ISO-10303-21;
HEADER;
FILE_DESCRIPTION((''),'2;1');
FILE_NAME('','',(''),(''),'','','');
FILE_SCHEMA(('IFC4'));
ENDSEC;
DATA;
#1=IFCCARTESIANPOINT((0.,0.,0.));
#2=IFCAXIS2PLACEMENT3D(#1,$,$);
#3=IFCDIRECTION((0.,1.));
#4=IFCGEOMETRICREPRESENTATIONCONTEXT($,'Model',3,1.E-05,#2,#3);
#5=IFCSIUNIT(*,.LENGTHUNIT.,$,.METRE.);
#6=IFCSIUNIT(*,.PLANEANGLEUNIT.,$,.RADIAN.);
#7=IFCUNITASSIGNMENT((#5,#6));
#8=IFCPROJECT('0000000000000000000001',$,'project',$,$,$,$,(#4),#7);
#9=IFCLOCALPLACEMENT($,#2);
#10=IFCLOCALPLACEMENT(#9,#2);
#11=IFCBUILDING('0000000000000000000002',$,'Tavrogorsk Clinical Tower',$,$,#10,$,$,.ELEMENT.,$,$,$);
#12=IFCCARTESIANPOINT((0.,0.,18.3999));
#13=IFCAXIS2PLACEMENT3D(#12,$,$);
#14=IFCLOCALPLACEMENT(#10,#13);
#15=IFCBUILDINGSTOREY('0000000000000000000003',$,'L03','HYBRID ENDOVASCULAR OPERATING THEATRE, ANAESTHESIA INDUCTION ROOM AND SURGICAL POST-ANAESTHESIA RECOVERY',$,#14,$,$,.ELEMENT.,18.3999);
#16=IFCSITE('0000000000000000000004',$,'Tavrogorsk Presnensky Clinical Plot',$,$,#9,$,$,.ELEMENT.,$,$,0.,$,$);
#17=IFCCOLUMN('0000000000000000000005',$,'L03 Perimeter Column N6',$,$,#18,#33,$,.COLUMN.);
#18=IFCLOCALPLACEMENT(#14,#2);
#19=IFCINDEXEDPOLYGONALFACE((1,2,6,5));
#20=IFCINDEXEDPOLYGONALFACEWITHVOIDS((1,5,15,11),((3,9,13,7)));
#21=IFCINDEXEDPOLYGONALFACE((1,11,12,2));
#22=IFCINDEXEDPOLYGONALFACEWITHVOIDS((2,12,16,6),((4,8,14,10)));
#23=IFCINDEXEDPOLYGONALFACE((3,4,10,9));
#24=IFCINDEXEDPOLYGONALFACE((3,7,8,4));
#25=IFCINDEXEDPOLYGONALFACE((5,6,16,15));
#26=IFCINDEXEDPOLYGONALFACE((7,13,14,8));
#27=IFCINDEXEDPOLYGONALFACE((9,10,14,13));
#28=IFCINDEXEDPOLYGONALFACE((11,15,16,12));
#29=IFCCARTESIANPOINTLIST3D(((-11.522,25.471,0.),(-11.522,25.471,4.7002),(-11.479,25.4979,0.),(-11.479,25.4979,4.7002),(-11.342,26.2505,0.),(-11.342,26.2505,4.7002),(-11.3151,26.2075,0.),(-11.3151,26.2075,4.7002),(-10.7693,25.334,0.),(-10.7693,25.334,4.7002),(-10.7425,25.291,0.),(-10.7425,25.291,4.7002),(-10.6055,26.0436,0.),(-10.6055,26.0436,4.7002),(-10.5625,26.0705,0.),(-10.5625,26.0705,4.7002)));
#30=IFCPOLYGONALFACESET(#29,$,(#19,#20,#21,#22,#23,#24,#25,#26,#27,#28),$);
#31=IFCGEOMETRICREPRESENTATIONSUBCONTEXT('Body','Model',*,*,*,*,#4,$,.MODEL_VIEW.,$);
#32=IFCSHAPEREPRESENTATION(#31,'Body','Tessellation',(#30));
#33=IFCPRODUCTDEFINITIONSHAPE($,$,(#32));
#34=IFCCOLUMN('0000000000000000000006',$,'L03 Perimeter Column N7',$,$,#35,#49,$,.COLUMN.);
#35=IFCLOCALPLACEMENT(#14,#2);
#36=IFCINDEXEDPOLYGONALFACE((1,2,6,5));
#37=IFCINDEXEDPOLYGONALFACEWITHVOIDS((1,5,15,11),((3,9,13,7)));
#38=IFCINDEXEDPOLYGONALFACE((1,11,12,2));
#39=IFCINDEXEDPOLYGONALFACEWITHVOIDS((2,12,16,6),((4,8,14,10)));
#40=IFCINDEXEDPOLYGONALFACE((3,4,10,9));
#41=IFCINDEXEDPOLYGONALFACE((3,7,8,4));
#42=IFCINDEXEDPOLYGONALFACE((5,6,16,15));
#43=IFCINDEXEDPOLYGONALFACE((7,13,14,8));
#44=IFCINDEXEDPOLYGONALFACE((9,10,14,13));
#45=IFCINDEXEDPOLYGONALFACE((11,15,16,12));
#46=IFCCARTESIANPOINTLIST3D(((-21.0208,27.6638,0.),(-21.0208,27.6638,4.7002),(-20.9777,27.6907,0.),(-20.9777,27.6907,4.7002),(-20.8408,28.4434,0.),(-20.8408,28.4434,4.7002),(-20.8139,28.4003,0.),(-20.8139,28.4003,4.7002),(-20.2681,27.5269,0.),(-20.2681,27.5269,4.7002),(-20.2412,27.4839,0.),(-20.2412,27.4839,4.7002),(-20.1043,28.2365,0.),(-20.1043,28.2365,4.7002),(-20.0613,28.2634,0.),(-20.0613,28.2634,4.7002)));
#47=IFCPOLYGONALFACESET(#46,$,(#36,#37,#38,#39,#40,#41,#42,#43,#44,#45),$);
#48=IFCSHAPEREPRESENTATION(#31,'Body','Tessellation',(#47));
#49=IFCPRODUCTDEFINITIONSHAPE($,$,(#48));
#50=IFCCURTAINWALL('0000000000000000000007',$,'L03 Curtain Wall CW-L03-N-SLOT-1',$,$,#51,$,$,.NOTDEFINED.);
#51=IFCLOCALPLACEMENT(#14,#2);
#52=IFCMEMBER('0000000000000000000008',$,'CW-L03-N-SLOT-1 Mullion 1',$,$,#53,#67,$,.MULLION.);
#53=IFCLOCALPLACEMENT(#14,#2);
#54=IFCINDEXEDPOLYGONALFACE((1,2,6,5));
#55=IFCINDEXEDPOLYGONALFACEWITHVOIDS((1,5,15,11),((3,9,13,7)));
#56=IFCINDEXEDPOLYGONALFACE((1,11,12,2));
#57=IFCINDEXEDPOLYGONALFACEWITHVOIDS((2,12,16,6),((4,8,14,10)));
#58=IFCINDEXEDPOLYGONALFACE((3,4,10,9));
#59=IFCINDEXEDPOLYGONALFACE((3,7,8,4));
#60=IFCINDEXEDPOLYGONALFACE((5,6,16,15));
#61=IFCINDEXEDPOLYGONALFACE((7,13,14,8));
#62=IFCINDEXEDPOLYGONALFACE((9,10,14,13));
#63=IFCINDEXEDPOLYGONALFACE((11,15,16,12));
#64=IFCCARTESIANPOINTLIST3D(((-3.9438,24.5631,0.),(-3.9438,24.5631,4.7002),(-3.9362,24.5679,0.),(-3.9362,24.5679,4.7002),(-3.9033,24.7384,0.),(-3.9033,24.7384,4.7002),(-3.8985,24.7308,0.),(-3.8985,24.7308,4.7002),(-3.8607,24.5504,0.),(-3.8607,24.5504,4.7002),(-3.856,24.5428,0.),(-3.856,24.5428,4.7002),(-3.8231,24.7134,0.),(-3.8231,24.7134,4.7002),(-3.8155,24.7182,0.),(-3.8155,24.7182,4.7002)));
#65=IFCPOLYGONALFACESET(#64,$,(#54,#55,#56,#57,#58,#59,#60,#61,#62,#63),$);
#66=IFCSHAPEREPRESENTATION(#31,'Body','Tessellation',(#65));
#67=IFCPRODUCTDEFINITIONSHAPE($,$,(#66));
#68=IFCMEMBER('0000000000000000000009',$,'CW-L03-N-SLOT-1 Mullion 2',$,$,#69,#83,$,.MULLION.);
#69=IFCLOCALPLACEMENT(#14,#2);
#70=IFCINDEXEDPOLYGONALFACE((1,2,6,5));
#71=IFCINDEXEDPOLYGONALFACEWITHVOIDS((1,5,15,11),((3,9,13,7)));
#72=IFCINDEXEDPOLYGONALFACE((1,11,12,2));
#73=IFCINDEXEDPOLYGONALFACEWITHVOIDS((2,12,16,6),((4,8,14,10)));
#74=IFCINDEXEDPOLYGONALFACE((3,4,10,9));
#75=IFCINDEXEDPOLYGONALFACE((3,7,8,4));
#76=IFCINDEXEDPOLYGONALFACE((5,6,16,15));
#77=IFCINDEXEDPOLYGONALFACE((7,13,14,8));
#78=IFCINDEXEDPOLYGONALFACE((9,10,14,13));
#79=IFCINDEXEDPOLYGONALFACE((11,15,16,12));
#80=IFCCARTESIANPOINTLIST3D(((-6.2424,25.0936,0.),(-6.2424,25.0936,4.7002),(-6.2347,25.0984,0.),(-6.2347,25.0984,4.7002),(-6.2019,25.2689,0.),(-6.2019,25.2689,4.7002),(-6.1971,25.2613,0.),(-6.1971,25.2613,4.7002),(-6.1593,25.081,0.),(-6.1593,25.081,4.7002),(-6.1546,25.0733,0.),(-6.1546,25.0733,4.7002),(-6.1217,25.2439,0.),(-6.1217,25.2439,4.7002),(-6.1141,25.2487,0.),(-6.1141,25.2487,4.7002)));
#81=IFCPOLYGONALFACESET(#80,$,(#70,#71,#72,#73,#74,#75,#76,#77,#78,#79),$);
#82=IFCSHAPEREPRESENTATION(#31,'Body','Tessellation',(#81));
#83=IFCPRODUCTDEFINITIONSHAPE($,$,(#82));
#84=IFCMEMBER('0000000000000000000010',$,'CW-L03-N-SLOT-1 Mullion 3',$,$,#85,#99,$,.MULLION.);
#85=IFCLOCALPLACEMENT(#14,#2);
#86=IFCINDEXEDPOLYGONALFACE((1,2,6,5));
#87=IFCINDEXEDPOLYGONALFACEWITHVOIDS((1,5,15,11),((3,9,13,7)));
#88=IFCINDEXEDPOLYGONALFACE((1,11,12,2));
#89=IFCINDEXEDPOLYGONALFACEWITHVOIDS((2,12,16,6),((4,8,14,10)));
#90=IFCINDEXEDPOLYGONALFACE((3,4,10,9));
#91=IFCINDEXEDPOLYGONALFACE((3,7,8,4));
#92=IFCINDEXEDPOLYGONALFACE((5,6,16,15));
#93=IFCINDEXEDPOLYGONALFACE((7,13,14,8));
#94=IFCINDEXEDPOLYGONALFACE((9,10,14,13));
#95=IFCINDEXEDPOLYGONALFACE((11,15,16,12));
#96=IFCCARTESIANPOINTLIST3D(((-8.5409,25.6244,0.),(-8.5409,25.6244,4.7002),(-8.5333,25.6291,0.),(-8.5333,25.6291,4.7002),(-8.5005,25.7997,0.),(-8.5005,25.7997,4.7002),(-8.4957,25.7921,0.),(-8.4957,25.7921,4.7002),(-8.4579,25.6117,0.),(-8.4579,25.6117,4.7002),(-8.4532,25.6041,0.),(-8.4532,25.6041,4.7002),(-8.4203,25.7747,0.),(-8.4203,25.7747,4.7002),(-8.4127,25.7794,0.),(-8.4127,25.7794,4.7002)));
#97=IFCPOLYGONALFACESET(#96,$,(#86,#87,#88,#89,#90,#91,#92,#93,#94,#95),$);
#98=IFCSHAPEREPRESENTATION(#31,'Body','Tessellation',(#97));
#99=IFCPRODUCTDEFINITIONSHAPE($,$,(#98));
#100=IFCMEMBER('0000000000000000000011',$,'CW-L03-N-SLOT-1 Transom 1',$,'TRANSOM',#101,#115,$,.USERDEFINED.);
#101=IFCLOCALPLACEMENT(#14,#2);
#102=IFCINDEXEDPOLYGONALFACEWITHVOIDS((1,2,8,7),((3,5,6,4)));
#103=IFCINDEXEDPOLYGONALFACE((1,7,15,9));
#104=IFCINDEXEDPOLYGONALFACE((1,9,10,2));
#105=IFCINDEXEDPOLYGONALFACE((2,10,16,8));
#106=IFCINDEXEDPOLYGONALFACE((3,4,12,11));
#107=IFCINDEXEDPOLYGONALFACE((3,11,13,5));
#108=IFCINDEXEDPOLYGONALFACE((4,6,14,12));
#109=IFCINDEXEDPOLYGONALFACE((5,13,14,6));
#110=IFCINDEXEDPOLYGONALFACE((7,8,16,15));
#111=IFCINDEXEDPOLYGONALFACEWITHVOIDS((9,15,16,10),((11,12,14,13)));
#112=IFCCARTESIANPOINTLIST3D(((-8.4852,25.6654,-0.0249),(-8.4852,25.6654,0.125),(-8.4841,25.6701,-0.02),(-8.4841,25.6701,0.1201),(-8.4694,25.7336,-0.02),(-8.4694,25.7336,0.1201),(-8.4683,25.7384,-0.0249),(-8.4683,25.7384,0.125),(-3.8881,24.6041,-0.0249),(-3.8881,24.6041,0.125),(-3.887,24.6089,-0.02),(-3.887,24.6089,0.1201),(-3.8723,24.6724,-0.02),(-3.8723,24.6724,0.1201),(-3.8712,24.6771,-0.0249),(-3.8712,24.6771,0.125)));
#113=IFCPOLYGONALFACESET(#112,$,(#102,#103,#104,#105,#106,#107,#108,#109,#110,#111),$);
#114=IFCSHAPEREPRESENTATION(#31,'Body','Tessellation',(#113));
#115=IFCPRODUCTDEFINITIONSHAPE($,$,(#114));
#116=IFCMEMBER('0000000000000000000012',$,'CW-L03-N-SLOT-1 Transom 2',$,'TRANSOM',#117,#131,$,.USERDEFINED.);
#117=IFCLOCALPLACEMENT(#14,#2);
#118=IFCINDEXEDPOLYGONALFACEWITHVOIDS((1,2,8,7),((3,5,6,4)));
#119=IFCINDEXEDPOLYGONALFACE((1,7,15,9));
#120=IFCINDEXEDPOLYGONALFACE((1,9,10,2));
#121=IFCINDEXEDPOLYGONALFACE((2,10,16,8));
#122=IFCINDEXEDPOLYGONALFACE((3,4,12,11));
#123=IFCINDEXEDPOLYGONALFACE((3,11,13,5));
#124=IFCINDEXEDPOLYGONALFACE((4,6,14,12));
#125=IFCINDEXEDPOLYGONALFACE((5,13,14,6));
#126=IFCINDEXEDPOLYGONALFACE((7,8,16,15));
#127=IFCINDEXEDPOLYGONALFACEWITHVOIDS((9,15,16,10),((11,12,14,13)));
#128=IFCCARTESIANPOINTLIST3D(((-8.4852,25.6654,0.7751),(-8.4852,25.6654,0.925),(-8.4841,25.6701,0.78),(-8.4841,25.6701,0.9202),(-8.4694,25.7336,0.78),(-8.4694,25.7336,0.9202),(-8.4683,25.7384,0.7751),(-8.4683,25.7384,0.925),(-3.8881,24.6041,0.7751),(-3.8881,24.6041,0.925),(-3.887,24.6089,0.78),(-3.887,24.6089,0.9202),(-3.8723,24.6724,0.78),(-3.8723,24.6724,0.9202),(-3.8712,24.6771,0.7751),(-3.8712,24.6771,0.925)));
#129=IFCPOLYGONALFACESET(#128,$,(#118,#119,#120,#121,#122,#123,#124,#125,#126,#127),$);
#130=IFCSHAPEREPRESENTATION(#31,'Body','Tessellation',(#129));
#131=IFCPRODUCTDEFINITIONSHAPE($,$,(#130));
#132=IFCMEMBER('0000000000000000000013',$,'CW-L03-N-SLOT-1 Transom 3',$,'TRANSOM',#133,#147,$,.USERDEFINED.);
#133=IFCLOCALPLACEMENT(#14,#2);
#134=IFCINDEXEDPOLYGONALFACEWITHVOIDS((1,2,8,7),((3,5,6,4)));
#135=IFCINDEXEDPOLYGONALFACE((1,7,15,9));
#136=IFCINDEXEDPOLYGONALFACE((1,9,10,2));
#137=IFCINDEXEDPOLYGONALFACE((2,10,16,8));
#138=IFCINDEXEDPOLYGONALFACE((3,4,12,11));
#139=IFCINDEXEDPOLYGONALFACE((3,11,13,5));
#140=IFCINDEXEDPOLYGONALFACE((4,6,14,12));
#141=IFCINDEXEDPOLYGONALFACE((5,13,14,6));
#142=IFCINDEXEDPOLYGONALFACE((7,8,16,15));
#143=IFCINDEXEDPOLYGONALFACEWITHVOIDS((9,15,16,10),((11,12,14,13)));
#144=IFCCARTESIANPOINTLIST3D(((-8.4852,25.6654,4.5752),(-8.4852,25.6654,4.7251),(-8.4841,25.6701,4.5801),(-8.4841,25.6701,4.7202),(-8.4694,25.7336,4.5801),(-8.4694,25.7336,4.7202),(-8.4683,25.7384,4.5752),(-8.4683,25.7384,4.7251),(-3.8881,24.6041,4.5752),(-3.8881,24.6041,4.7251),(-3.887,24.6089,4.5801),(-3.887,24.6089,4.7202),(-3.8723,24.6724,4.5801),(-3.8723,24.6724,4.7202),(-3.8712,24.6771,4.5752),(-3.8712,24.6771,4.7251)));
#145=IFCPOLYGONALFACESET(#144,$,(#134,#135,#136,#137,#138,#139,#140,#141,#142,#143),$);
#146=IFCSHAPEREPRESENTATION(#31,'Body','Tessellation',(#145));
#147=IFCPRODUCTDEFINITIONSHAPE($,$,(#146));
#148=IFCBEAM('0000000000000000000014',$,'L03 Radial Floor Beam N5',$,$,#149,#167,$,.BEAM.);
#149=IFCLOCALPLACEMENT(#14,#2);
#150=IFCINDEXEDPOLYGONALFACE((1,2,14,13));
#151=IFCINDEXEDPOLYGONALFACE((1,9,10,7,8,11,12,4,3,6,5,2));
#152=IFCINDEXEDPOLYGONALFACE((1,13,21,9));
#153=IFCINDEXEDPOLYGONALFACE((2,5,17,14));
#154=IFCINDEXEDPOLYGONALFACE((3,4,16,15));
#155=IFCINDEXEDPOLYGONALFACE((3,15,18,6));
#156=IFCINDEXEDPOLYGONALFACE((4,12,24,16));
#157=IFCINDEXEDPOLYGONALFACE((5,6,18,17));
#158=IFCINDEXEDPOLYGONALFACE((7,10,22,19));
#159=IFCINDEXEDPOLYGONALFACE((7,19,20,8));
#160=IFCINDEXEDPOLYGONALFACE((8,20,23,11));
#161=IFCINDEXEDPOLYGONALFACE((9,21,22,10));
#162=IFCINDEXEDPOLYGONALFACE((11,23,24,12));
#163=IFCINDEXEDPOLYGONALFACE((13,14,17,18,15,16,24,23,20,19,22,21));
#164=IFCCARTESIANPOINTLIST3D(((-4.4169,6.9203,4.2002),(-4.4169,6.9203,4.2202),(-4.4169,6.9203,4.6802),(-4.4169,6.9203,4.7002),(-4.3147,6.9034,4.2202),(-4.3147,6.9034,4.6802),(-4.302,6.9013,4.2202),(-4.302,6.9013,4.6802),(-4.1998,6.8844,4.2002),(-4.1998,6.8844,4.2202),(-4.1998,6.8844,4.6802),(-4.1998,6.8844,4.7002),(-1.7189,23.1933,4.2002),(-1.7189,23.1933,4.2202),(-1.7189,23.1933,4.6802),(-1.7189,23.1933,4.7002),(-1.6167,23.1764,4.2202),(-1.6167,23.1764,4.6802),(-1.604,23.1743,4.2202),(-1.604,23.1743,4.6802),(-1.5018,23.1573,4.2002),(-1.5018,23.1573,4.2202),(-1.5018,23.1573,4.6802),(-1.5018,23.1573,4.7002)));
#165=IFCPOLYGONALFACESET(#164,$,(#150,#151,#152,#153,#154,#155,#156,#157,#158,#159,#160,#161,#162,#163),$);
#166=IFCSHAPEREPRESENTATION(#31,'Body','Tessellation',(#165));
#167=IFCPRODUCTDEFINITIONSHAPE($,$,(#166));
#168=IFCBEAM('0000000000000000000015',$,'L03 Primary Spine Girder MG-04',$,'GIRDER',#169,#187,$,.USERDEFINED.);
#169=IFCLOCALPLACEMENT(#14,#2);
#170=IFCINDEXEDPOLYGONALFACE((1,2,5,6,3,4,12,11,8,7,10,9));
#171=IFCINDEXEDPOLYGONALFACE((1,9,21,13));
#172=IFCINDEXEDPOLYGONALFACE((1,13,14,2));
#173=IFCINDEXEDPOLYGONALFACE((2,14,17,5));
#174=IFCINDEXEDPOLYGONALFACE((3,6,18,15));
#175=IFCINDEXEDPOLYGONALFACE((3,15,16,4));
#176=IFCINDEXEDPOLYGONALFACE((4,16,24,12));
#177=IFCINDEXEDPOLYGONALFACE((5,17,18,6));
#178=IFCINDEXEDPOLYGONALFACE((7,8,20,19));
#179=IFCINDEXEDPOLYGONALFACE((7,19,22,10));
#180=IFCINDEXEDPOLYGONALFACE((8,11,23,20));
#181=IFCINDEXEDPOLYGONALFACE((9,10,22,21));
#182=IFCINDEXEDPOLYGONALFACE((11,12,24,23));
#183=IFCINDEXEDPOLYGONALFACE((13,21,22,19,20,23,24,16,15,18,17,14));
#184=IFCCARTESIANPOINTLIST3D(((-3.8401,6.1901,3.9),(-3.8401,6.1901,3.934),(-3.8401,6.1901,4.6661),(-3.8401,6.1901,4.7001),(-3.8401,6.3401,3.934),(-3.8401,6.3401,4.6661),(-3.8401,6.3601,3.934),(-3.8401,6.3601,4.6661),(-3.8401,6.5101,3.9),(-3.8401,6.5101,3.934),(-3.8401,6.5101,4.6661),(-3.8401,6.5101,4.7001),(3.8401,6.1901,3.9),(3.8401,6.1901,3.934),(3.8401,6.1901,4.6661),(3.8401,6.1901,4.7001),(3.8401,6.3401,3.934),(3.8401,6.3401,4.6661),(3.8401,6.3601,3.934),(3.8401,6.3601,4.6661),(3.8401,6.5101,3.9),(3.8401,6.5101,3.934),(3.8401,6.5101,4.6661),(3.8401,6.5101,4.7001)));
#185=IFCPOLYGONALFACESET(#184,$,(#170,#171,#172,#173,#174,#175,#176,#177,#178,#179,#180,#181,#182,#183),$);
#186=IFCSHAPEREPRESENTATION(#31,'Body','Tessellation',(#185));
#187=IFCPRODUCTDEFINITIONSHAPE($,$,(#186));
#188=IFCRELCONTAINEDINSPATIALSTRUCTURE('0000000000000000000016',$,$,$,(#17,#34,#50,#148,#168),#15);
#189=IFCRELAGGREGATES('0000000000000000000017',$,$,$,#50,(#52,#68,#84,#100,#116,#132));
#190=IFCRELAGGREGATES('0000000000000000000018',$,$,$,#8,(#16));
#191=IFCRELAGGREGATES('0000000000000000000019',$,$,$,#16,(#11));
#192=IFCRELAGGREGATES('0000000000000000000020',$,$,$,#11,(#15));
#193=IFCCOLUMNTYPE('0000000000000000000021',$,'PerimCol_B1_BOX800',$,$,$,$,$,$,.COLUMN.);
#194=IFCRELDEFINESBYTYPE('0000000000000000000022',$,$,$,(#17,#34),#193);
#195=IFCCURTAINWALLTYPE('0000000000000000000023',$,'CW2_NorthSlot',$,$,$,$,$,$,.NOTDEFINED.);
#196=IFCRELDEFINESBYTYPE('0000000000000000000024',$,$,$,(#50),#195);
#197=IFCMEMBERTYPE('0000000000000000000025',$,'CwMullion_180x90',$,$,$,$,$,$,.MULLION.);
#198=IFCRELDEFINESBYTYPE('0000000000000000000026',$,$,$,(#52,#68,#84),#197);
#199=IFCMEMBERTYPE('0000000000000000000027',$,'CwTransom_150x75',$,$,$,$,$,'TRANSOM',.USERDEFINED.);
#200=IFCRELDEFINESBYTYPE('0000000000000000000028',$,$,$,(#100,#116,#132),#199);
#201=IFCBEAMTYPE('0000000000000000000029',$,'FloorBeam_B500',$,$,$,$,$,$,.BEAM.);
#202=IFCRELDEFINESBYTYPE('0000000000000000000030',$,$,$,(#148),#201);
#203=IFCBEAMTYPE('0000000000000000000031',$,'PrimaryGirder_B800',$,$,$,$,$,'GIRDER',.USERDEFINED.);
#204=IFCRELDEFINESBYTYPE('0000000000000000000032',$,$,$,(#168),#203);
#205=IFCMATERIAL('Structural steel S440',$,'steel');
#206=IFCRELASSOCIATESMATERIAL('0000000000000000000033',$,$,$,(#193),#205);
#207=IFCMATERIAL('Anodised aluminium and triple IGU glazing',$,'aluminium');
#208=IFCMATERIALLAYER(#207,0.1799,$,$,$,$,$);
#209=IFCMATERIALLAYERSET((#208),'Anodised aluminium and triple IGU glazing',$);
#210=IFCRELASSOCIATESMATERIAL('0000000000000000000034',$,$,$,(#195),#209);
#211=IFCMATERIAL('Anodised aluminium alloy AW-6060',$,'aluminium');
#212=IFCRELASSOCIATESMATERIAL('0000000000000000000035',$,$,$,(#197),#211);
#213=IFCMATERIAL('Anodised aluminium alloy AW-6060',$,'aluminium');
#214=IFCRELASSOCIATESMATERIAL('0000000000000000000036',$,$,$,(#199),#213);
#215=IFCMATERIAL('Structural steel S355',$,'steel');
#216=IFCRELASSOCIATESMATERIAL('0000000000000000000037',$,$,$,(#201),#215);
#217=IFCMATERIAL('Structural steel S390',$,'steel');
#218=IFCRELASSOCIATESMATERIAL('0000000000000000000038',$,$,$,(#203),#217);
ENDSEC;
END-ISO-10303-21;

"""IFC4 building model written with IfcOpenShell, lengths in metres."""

from ifc_helpers import new_model, si_unit, direction, frame, origin, origin_2d, place, context, subcontext, project, spatial, hollow_rectangle, i_section, extrude, material, layer, layer_set, material_profile, profile_set, type_object, element, aggregate, save


model = new_model("IFC4")

# Units and contexts
model_context = context("Model", 3, precision=1e-05, world=origin(), true_north=direction((0.0, 1.0)))
body_context = subcontext(model_context, "Body", "Model", "MODEL_VIEW")
ifc_project = project(units=[si_unit("LENGTHUNIT", "METRE"), si_unit("PLANEANGLEUNIT", "RADIAN")], contexts=[model_context])

# Site, building, storey
site_placement = place(None, origin())
site = spatial("IfcSite", under=ifc_project, at=site_placement, Name="Tavrogorsk Presnensky Clinical Plot", CompositionType="ELEMENT", RefElevation=0.0)
building_placement = place(site_placement, origin())
building = spatial("IfcBuilding", under=site, at=building_placement, Name="Tavrogorsk Clinical Tower", CompositionType="ELEMENT")
storey_placement = place(building_placement, frame((0.0, 0.0, 18.3999)))
storey = spatial("IfcBuildingStorey", under=building, at=storey_placement, Name="L03", Description="HYBRID ENDOVASCULAR OPERATING THEATRE, ANAESTHESIA INDUCTION ROOM AND SURGICAL POST-ANAESTHESIA RECOVERY", CompositionType="ELEMENT", Elevation=18.3999)

# Columns
ifc_material_1 = material(Name="Structural steel S440", Category="steel")
ifc_material_profile_1 = material_profile(ifc_material_1, hollow_rectangle(XDim=0.8, YDim=0.8, WallThickness=0.0359, at=origin_2d()), Name="BOX-800x800x36")
ifc_profile_set_1 = profile_set([ifc_material_profile_1], Name="Structural steel S440")
column_type = type_object("IfcColumnType", Name="PerimCol_B1_BOX800", PredefinedType="COLUMN", material=ifc_profile_set_1)
for number, where, z_axis, x_axis, name in (
    (1, (-11.0422, 25.7708, 0.0), (0.0, 0.0, 1.0), (0.97437, -0.224951, 0.0), "L03 Perimeter Column N6"),
    (2, (-20.541, 27.9636, 0.0), (0.0, 0.0, 1.0), (0.97437, -0.224951, 0.0), "L03 Perimeter Column N7"),
):
    element("IfcColumn", number, at=place(storey_placement, frame(where, z_axis=z_axis, x_axis=x_axis)), inside=storey, type_object=column_type, Name=name, PredefinedType="COLUMN", context=body_context, shape_type="SweptSolid", body=[
        extrude(hollow_rectangle(XDim=0.8, YDim=0.8, WallThickness=0.0359, at=origin_2d()), origin(), (0.0, 0.0, 1.0), 4.7002),
    ])

# Curtain wall, members
ifc_material_2 = material(Name="Anodised aluminium and triple IGU glazing", Category="aluminium")
ifc_layer_1 = layer(ifc_material_2, 0.1799)
ifc_layer_set_1 = layer_set([ifc_layer_1], Name="Anodised aluminium and triple IGU glazing")
curtain_wall_type = type_object("IfcCurtainWallType", Name="CW2_NorthSlot", PredefinedType="NOTDEFINED", material=ifc_layer_set_1)
curtain_wall_placement = place(storey_placement, origin())
curtain_wall = element("IfcCurtainWall", 3, at=curtain_wall_placement, inside=storey, type_object=curtain_wall_type, Name="L03 Curtain Wall CW-L03-N-SLOT-1", PredefinedType="NOTDEFINED")
ifc_material_3 = material(Name="Anodised aluminium alloy AW-6060", Category="aluminium")
ifc_material_profile_2 = material_profile(ifc_material_3, hollow_rectangle(XDim=0.0901, YDim=0.1799, WallThickness=0.0063, at=origin_2d()), Name="RHS-180x90x6.3")
ifc_profile_set_2 = profile_set([ifc_material_profile_2], Name="Anodised aluminium alloy AW-6060")
member_type_1 = type_object("IfcMemberType", Name="CwMullion_180x90", PredefinedType="MULLION", material=ifc_profile_set_2)
member_1_placement = place(storey_placement, frame((-3.8796, 24.6406, 0.0), z_axis=(0.0, 0.0, 1.0), x_axis=(-0.97437, 0.224951, 0.0)))
member_1 = element("IfcMember", 4, at=member_1_placement, type_object=member_type_1, Name="CW-L03-N-SLOT-1 Mullion 1", PredefinedType="MULLION", context=body_context, shape_type="SweptSolid", body=[
    extrude(hollow_rectangle(XDim=0.0901, YDim=0.1799, WallThickness=0.0063, at=origin_2d()), origin(), (0.0, 0.0, 1.0), 4.7002),
])
member_2_placement = place(storey_placement, frame((-6.1782, 25.1711, 0.0), z_axis=(0.0, 0.0, 1.0), x_axis=(-0.97437, 0.224951, 0.0)))
member_2 = element("IfcMember", 5, at=member_2_placement, type_object=member_type_1, Name="CW-L03-N-SLOT-1 Mullion 2", PredefinedType="MULLION", context=body_context, shape_type="SweptSolid", body=[
    extrude(hollow_rectangle(XDim=0.0901, YDim=0.1799, WallThickness=0.0063, at=origin_2d()), origin(), (0.0, 0.0, 1.0), 4.7002),
])
member_3_placement = place(storey_placement, frame((-8.4768, 25.7019, 0.0), z_axis=(0.0, 0.0, 1.0), x_axis=(-0.97437, 0.224951, 0.0)))
member_3 = element("IfcMember", 6, at=member_3_placement, type_object=member_type_1, Name="CW-L03-N-SLOT-1 Mullion 3", PredefinedType="MULLION", context=body_context, shape_type="SweptSolid", body=[
    extrude(hollow_rectangle(XDim=0.0901, YDim=0.1799, WallThickness=0.0063, at=origin_2d()), origin(), (0.0, 0.0, 1.0), 4.7002),
])
ifc_material_4 = material(Name="Anodised aluminium alloy AW-6060", Category="aluminium")
ifc_material_profile_3 = material_profile(ifc_material_4, hollow_rectangle(XDim=0.075, YDim=0.1499, WallThickness=0.0049, at=origin_2d()), Name="RHS-150x75x5")
ifc_profile_set_3 = profile_set([ifc_material_profile_3], Name="Anodised aluminium alloy AW-6060")
member_type_2 = type_object("IfcMemberType", Name="CwTransom_150x75", ElementType="TRANSOM", PredefinedType="USERDEFINED", material=ifc_profile_set_3)
member_4_placement = place(storey_placement, frame((-3.8796, 24.6406, 0.05), z_axis=(-0.974373, 0.224939, 0.0), x_axis=(-0.224939, -0.974373, 0.0)))
member_4 = element("IfcMember", 7, at=member_4_placement, type_object=member_type_2, Name="CW-L03-N-SLOT-1 Transom 1", ObjectType="TRANSOM", PredefinedType="USERDEFINED", context=body_context, shape_type="SweptSolid", body=[
    extrude(hollow_rectangle(XDim=0.075, YDim=0.1499, WallThickness=0.0049, at=origin_2d()), origin(), (0.0, 0.0, 1.0), 4.718),
])
member_5_placement = place(storey_placement, frame((-3.8796, 24.6406, 0.8501), z_axis=(-0.974373, 0.224939, 0.0), x_axis=(-0.224939, -0.974373, 0.0)))
member_5 = element("IfcMember", 8, at=member_5_placement, type_object=member_type_2, Name="CW-L03-N-SLOT-1 Transom 2", ObjectType="TRANSOM", PredefinedType="USERDEFINED", context=body_context, shape_type="SweptSolid", body=[
    extrude(hollow_rectangle(XDim=0.075, YDim=0.1499, WallThickness=0.0049, at=origin_2d()), origin(), (0.0, 0.0, 1.0), 4.718),
])
member_6_placement = place(storey_placement, frame((-3.8796, 24.6406, 4.6501), z_axis=(-0.974373, 0.224939, 0.0), x_axis=(-0.224939, -0.974373, 0.0)))
member_6 = element("IfcMember", 9, at=member_6_placement, type_object=member_type_2, Name="CW-L03-N-SLOT-1 Transom 3", ObjectType="TRANSOM", PredefinedType="USERDEFINED", context=body_context, shape_type="SweptSolid", body=[
    extrude(hollow_rectangle(XDim=0.075, YDim=0.1499, WallThickness=0.0049, at=origin_2d()), origin(), (0.0, 0.0, 1.0), 4.718),
])

# Beams
ifc_material_5 = material(Name="Structural steel S355", Category="steel")
ifc_material_profile_4 = material_profile(ifc_material_5, i_section(OverallWidth=0.22, OverallDepth=0.5, WebThickness=0.0129, FlangeThickness=0.02, at=origin_2d()), Name="B-500x220x13x20")
ifc_profile_set_4 = profile_set([ifc_material_profile_4], Name="Structural steel S355")
beam_type_1 = type_object("IfcBeamType", Name="FloorBeam_B500", PredefinedType="BEAM", material=ifc_profile_set_4)
beam_1_placement = place(storey_placement, frame((-4.3083, 6.9023, 4.4502), z_axis=(0.163564, 0.986533, 0.0), x_axis=(-0.986533, 0.163564, 0.0)))
element("IfcBeam", 10, at=beam_1_placement, inside=storey, type_object=beam_type_1, Name="L03 Radial Floor Beam N5", PredefinedType="BEAM", context=body_context, shape_type="SweptSolid", body=[
    extrude(i_section(OverallWidth=0.22, OverallDepth=0.5, WebThickness=0.0129, FlangeThickness=0.02, at=origin_2d()), origin(), (0.0, 0.0, 1.0), 16.4951),
])
ifc_material_6 = material(Name="Structural steel S390", Category="steel")
ifc_material_profile_5 = material_profile(ifc_material_6, i_section(OverallWidth=0.3201, OverallDepth=0.8, WebThickness=0.02, FlangeThickness=0.0339, at=origin_2d()), Name="B-800x320x20x34")
ifc_profile_set_5 = profile_set([ifc_material_profile_5], Name="Structural steel S390")
beam_type_2 = type_object("IfcBeamType", Name="PrimaryGirder_B800", ElementType="GIRDER", PredefinedType="USERDEFINED", material=ifc_profile_set_5)
beam_2_placement = place(storey_placement, frame((-3.8401, 6.3501, 4.3), z_axis=(1.0, 0.0, 0.0), x_axis=(0.0, 1.0, 0.0)))
element("IfcBeam", 11, at=beam_2_placement, inside=storey, type_object=beam_type_2, Name="L03 Primary Spine Girder MG-04", ObjectType="GIRDER", PredefinedType="USERDEFINED", context=body_context, shape_type="SweptSolid", body=[
    extrude(i_section(OverallWidth=0.3201, OverallDepth=0.8, WebThickness=0.02, FlangeThickness=0.0339, at=origin_2d()), origin(), (0.0, 0.0, 1.0), 7.6802),
])

aggregate(curtain_wall, [member_1, member_2, member_3, member_4, member_5, member_6])

save(model, "model.ifc")
